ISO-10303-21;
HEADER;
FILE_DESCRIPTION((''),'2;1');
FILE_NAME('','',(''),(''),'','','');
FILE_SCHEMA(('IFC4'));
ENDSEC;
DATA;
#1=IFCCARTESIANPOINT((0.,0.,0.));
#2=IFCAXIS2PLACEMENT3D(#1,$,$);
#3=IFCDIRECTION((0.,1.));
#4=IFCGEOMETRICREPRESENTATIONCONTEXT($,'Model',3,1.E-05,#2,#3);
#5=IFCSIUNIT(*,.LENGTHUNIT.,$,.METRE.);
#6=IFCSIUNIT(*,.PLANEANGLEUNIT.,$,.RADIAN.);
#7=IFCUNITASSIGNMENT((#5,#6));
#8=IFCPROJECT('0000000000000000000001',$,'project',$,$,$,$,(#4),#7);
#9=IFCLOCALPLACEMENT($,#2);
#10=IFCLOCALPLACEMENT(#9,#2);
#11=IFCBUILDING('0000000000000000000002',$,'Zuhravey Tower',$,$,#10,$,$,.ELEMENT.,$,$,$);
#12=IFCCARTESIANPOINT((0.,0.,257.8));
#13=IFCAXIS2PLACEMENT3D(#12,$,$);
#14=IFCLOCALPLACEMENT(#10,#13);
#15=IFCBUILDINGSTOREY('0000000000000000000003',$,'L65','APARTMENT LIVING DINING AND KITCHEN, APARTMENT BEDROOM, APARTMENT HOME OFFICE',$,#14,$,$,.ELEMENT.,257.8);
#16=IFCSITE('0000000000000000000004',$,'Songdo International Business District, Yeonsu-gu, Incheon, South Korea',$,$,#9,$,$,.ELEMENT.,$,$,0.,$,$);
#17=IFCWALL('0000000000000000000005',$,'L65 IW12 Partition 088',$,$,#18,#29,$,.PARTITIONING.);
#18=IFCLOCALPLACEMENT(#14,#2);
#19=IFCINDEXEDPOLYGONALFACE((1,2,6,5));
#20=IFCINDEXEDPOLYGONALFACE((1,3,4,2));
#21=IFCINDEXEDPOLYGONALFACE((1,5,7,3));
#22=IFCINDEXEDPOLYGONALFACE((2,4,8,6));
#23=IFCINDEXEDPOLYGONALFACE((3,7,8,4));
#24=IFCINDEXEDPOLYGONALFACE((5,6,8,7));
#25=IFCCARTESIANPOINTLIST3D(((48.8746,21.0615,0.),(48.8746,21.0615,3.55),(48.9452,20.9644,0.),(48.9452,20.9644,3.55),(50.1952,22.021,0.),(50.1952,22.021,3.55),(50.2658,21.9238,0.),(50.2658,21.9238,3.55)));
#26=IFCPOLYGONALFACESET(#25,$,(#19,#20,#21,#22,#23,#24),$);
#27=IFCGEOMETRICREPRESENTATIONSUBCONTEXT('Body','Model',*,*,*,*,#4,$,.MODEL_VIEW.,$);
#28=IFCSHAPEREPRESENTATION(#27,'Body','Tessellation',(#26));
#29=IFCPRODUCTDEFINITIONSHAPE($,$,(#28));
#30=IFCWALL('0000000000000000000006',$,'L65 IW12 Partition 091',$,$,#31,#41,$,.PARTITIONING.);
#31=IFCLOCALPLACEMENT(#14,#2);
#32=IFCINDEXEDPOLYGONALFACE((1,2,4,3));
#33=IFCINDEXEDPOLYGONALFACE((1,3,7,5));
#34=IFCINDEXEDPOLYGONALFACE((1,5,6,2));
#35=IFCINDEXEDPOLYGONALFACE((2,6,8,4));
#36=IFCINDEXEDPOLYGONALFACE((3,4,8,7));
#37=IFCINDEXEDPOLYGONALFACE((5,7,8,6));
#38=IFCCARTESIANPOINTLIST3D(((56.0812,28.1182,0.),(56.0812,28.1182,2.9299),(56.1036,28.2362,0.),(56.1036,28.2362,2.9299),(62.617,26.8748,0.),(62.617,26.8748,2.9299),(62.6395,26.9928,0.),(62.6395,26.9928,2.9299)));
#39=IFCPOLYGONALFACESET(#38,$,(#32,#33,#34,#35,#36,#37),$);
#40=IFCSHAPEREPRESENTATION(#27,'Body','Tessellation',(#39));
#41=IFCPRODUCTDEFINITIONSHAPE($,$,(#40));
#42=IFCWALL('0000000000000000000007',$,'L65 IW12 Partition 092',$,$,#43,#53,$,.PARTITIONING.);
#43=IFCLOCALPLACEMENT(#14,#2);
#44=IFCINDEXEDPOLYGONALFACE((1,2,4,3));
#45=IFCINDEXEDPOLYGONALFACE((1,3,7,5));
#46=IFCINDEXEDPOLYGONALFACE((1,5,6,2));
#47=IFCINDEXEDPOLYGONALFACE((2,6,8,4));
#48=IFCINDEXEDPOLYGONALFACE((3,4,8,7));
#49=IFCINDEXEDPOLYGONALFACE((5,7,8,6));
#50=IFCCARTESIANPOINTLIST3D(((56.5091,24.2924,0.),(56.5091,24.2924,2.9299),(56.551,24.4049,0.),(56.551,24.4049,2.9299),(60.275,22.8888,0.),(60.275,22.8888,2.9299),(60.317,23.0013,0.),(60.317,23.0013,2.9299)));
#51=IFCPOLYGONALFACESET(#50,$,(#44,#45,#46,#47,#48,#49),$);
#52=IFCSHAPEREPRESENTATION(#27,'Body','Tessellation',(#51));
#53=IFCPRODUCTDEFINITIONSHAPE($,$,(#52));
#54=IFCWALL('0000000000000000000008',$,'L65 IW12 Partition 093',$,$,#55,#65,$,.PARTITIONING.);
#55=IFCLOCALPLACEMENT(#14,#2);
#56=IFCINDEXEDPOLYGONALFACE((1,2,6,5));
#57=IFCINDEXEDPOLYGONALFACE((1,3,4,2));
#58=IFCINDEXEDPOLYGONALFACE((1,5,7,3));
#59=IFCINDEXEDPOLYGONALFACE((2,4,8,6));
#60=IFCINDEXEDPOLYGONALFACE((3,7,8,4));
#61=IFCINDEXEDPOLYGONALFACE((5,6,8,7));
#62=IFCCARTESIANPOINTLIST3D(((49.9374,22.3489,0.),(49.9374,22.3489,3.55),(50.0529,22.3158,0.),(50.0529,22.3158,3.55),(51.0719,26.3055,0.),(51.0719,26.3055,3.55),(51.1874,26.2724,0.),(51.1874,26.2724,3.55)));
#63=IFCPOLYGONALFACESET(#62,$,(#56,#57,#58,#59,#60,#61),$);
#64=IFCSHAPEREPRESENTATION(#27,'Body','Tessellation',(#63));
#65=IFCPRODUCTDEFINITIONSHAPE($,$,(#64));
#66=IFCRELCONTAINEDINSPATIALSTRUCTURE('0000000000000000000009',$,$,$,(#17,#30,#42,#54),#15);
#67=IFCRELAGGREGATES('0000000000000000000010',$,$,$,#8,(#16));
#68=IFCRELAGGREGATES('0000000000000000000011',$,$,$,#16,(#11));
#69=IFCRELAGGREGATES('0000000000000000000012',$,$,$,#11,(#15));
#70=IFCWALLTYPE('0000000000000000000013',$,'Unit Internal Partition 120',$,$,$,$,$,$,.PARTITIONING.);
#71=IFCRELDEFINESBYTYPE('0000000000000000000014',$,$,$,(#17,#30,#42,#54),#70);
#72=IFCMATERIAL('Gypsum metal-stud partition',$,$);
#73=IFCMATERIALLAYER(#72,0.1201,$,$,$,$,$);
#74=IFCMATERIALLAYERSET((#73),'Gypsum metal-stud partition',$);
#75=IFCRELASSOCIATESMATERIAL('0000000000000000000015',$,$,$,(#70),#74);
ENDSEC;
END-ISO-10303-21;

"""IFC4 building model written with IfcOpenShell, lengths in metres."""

from ifc_helpers import new_model, si_unit, direction, frame, frame_2d, origin, place, context, subcontext, project, spatial, rectangle, extrude, material, layer, layer_set, type_object, element, save


model = new_model("IFC4")

# Units and contexts
model_context = context("Model", 3, precision=1e-05, world=origin(), true_north=direction((0.0, 1.0)))
body_context = subcontext(model_context, "Body", "Model", "MODEL_VIEW")
ifc_project = project(units=[si_unit("LENGTHUNIT", "METRE"), si_unit("PLANEANGLEUNIT", "RADIAN")], contexts=[model_context])

# Site, building, storey
site_placement = place(None, origin())
site = spatial("IfcSite", under=ifc_project, at=site_placement, Name="Songdo International Business District, Yeonsu-gu, Incheon, South Korea", CompositionType="ELEMENT", RefElevation=0.0)
building_placement = place(site_placement, origin())
building = spatial("IfcBuilding", under=site, at=building_placement, Name="Zuhravey Tower", CompositionType="ELEMENT")
storey_placement = place(building_placement, frame((0.0, 0.0, 257.8)))
storey = spatial("IfcBuildingStorey", under=building, at=storey_placement, Name="L65", Description="APARTMENT LIVING DINING AND KITCHEN, APARTMENT BEDROOM, APARTMENT HOME OFFICE", CompositionType="ELEMENT", Elevation=257.8)

# Shared definitions
ifc_material_1 = material(Name="Gypsum metal-stud partition")
ifc_layer_1 = layer(ifc_material_1, 0.1201)
ifc_layer_set_1 = layer_set([ifc_layer_1], Name="Gypsum metal-stud partition")
wall_type_1 = type_object("IfcWallType", Name="Unit Internal Partition 120", PredefinedType="PARTITIONING", material=ifc_layer_set_1)

# Walls
wall_1_placement = place(storey_placement, frame((48.9099, 21.0129, 0.0), z_axis=(0.0, 0.0, 1.0), x_axis=(0.809008, 0.587798, 0.0)))
element("IfcWall", 1, at=wall_1_placement, inside=storey, type_object=wall_type_1, Name="L65 IW12 Partition 088", PredefinedType="PARTITIONING", context=body_context, shape_type="SweptSolid", body=[
    extrude(rectangle(XDim=1.6323, YDim=0.1201, at=frame_2d((0.8162, 0.0))), origin(), (0.0, 0.0, 1.0), 3.55),
])
wall_2_placement = place(storey_placement, frame((56.0923, 28.1772, 0.0), z_axis=(0.0, 0.0, 1.0), x_axis=(0.982381, -0.186891, 0.0)))
element("IfcWall", 2, at=wall_2_placement, inside=storey, type_object=wall_type_1, Name="L65 IW12 Partition 091", PredefinedType="PARTITIONING", context=body_context, shape_type="SweptSolid", body=[
    extrude(rectangle(XDim=6.6531, YDim=0.1201, at=frame_2d((3.3267, 0.0))), origin(), (0.0, 0.0, 1.0), 2.9299),
])
wall_3_placement = place(storey_placement, frame((56.53, 24.3486, 0.0), z_axis=(0.0, 0.0, 1.0), x_axis=(0.937034, -0.349239, 0.0)))
element("IfcWall", 3, at=wall_3_placement, inside=storey, type_object=wall_type_1, Name="L65 IW12 Partition 092", PredefinedType="PARTITIONING", context=body_context, shape_type="SweptSolid", body=[
    extrude(rectangle(XDim=4.019, YDim=0.1201, at=frame_2d((2.0095, 0.0))), origin(), (0.0, 0.0, 1.0), 2.9299),
])
wall_4_placement = place(storey_placement, frame((49.9951, 22.3323, 0.0), z_axis=(0.0, 0.0, 1.0), x_axis=(0.275638, 0.961262, 0.0)))
element("IfcWall", 4, at=wall_4_placement, inside=storey, type_object=wall_type_1, Name="L65 IW12 Partition 093", PredefinedType="PARTITIONING", context=body_context, shape_type="SweptSolid", body=[
    extrude(rectangle(XDim=4.116, YDim=0.1201, at=frame_2d((2.0581, 0.0))), origin(), (0.0, 0.0, 1.0), 3.55),
])

save(model, "model.ifc")
